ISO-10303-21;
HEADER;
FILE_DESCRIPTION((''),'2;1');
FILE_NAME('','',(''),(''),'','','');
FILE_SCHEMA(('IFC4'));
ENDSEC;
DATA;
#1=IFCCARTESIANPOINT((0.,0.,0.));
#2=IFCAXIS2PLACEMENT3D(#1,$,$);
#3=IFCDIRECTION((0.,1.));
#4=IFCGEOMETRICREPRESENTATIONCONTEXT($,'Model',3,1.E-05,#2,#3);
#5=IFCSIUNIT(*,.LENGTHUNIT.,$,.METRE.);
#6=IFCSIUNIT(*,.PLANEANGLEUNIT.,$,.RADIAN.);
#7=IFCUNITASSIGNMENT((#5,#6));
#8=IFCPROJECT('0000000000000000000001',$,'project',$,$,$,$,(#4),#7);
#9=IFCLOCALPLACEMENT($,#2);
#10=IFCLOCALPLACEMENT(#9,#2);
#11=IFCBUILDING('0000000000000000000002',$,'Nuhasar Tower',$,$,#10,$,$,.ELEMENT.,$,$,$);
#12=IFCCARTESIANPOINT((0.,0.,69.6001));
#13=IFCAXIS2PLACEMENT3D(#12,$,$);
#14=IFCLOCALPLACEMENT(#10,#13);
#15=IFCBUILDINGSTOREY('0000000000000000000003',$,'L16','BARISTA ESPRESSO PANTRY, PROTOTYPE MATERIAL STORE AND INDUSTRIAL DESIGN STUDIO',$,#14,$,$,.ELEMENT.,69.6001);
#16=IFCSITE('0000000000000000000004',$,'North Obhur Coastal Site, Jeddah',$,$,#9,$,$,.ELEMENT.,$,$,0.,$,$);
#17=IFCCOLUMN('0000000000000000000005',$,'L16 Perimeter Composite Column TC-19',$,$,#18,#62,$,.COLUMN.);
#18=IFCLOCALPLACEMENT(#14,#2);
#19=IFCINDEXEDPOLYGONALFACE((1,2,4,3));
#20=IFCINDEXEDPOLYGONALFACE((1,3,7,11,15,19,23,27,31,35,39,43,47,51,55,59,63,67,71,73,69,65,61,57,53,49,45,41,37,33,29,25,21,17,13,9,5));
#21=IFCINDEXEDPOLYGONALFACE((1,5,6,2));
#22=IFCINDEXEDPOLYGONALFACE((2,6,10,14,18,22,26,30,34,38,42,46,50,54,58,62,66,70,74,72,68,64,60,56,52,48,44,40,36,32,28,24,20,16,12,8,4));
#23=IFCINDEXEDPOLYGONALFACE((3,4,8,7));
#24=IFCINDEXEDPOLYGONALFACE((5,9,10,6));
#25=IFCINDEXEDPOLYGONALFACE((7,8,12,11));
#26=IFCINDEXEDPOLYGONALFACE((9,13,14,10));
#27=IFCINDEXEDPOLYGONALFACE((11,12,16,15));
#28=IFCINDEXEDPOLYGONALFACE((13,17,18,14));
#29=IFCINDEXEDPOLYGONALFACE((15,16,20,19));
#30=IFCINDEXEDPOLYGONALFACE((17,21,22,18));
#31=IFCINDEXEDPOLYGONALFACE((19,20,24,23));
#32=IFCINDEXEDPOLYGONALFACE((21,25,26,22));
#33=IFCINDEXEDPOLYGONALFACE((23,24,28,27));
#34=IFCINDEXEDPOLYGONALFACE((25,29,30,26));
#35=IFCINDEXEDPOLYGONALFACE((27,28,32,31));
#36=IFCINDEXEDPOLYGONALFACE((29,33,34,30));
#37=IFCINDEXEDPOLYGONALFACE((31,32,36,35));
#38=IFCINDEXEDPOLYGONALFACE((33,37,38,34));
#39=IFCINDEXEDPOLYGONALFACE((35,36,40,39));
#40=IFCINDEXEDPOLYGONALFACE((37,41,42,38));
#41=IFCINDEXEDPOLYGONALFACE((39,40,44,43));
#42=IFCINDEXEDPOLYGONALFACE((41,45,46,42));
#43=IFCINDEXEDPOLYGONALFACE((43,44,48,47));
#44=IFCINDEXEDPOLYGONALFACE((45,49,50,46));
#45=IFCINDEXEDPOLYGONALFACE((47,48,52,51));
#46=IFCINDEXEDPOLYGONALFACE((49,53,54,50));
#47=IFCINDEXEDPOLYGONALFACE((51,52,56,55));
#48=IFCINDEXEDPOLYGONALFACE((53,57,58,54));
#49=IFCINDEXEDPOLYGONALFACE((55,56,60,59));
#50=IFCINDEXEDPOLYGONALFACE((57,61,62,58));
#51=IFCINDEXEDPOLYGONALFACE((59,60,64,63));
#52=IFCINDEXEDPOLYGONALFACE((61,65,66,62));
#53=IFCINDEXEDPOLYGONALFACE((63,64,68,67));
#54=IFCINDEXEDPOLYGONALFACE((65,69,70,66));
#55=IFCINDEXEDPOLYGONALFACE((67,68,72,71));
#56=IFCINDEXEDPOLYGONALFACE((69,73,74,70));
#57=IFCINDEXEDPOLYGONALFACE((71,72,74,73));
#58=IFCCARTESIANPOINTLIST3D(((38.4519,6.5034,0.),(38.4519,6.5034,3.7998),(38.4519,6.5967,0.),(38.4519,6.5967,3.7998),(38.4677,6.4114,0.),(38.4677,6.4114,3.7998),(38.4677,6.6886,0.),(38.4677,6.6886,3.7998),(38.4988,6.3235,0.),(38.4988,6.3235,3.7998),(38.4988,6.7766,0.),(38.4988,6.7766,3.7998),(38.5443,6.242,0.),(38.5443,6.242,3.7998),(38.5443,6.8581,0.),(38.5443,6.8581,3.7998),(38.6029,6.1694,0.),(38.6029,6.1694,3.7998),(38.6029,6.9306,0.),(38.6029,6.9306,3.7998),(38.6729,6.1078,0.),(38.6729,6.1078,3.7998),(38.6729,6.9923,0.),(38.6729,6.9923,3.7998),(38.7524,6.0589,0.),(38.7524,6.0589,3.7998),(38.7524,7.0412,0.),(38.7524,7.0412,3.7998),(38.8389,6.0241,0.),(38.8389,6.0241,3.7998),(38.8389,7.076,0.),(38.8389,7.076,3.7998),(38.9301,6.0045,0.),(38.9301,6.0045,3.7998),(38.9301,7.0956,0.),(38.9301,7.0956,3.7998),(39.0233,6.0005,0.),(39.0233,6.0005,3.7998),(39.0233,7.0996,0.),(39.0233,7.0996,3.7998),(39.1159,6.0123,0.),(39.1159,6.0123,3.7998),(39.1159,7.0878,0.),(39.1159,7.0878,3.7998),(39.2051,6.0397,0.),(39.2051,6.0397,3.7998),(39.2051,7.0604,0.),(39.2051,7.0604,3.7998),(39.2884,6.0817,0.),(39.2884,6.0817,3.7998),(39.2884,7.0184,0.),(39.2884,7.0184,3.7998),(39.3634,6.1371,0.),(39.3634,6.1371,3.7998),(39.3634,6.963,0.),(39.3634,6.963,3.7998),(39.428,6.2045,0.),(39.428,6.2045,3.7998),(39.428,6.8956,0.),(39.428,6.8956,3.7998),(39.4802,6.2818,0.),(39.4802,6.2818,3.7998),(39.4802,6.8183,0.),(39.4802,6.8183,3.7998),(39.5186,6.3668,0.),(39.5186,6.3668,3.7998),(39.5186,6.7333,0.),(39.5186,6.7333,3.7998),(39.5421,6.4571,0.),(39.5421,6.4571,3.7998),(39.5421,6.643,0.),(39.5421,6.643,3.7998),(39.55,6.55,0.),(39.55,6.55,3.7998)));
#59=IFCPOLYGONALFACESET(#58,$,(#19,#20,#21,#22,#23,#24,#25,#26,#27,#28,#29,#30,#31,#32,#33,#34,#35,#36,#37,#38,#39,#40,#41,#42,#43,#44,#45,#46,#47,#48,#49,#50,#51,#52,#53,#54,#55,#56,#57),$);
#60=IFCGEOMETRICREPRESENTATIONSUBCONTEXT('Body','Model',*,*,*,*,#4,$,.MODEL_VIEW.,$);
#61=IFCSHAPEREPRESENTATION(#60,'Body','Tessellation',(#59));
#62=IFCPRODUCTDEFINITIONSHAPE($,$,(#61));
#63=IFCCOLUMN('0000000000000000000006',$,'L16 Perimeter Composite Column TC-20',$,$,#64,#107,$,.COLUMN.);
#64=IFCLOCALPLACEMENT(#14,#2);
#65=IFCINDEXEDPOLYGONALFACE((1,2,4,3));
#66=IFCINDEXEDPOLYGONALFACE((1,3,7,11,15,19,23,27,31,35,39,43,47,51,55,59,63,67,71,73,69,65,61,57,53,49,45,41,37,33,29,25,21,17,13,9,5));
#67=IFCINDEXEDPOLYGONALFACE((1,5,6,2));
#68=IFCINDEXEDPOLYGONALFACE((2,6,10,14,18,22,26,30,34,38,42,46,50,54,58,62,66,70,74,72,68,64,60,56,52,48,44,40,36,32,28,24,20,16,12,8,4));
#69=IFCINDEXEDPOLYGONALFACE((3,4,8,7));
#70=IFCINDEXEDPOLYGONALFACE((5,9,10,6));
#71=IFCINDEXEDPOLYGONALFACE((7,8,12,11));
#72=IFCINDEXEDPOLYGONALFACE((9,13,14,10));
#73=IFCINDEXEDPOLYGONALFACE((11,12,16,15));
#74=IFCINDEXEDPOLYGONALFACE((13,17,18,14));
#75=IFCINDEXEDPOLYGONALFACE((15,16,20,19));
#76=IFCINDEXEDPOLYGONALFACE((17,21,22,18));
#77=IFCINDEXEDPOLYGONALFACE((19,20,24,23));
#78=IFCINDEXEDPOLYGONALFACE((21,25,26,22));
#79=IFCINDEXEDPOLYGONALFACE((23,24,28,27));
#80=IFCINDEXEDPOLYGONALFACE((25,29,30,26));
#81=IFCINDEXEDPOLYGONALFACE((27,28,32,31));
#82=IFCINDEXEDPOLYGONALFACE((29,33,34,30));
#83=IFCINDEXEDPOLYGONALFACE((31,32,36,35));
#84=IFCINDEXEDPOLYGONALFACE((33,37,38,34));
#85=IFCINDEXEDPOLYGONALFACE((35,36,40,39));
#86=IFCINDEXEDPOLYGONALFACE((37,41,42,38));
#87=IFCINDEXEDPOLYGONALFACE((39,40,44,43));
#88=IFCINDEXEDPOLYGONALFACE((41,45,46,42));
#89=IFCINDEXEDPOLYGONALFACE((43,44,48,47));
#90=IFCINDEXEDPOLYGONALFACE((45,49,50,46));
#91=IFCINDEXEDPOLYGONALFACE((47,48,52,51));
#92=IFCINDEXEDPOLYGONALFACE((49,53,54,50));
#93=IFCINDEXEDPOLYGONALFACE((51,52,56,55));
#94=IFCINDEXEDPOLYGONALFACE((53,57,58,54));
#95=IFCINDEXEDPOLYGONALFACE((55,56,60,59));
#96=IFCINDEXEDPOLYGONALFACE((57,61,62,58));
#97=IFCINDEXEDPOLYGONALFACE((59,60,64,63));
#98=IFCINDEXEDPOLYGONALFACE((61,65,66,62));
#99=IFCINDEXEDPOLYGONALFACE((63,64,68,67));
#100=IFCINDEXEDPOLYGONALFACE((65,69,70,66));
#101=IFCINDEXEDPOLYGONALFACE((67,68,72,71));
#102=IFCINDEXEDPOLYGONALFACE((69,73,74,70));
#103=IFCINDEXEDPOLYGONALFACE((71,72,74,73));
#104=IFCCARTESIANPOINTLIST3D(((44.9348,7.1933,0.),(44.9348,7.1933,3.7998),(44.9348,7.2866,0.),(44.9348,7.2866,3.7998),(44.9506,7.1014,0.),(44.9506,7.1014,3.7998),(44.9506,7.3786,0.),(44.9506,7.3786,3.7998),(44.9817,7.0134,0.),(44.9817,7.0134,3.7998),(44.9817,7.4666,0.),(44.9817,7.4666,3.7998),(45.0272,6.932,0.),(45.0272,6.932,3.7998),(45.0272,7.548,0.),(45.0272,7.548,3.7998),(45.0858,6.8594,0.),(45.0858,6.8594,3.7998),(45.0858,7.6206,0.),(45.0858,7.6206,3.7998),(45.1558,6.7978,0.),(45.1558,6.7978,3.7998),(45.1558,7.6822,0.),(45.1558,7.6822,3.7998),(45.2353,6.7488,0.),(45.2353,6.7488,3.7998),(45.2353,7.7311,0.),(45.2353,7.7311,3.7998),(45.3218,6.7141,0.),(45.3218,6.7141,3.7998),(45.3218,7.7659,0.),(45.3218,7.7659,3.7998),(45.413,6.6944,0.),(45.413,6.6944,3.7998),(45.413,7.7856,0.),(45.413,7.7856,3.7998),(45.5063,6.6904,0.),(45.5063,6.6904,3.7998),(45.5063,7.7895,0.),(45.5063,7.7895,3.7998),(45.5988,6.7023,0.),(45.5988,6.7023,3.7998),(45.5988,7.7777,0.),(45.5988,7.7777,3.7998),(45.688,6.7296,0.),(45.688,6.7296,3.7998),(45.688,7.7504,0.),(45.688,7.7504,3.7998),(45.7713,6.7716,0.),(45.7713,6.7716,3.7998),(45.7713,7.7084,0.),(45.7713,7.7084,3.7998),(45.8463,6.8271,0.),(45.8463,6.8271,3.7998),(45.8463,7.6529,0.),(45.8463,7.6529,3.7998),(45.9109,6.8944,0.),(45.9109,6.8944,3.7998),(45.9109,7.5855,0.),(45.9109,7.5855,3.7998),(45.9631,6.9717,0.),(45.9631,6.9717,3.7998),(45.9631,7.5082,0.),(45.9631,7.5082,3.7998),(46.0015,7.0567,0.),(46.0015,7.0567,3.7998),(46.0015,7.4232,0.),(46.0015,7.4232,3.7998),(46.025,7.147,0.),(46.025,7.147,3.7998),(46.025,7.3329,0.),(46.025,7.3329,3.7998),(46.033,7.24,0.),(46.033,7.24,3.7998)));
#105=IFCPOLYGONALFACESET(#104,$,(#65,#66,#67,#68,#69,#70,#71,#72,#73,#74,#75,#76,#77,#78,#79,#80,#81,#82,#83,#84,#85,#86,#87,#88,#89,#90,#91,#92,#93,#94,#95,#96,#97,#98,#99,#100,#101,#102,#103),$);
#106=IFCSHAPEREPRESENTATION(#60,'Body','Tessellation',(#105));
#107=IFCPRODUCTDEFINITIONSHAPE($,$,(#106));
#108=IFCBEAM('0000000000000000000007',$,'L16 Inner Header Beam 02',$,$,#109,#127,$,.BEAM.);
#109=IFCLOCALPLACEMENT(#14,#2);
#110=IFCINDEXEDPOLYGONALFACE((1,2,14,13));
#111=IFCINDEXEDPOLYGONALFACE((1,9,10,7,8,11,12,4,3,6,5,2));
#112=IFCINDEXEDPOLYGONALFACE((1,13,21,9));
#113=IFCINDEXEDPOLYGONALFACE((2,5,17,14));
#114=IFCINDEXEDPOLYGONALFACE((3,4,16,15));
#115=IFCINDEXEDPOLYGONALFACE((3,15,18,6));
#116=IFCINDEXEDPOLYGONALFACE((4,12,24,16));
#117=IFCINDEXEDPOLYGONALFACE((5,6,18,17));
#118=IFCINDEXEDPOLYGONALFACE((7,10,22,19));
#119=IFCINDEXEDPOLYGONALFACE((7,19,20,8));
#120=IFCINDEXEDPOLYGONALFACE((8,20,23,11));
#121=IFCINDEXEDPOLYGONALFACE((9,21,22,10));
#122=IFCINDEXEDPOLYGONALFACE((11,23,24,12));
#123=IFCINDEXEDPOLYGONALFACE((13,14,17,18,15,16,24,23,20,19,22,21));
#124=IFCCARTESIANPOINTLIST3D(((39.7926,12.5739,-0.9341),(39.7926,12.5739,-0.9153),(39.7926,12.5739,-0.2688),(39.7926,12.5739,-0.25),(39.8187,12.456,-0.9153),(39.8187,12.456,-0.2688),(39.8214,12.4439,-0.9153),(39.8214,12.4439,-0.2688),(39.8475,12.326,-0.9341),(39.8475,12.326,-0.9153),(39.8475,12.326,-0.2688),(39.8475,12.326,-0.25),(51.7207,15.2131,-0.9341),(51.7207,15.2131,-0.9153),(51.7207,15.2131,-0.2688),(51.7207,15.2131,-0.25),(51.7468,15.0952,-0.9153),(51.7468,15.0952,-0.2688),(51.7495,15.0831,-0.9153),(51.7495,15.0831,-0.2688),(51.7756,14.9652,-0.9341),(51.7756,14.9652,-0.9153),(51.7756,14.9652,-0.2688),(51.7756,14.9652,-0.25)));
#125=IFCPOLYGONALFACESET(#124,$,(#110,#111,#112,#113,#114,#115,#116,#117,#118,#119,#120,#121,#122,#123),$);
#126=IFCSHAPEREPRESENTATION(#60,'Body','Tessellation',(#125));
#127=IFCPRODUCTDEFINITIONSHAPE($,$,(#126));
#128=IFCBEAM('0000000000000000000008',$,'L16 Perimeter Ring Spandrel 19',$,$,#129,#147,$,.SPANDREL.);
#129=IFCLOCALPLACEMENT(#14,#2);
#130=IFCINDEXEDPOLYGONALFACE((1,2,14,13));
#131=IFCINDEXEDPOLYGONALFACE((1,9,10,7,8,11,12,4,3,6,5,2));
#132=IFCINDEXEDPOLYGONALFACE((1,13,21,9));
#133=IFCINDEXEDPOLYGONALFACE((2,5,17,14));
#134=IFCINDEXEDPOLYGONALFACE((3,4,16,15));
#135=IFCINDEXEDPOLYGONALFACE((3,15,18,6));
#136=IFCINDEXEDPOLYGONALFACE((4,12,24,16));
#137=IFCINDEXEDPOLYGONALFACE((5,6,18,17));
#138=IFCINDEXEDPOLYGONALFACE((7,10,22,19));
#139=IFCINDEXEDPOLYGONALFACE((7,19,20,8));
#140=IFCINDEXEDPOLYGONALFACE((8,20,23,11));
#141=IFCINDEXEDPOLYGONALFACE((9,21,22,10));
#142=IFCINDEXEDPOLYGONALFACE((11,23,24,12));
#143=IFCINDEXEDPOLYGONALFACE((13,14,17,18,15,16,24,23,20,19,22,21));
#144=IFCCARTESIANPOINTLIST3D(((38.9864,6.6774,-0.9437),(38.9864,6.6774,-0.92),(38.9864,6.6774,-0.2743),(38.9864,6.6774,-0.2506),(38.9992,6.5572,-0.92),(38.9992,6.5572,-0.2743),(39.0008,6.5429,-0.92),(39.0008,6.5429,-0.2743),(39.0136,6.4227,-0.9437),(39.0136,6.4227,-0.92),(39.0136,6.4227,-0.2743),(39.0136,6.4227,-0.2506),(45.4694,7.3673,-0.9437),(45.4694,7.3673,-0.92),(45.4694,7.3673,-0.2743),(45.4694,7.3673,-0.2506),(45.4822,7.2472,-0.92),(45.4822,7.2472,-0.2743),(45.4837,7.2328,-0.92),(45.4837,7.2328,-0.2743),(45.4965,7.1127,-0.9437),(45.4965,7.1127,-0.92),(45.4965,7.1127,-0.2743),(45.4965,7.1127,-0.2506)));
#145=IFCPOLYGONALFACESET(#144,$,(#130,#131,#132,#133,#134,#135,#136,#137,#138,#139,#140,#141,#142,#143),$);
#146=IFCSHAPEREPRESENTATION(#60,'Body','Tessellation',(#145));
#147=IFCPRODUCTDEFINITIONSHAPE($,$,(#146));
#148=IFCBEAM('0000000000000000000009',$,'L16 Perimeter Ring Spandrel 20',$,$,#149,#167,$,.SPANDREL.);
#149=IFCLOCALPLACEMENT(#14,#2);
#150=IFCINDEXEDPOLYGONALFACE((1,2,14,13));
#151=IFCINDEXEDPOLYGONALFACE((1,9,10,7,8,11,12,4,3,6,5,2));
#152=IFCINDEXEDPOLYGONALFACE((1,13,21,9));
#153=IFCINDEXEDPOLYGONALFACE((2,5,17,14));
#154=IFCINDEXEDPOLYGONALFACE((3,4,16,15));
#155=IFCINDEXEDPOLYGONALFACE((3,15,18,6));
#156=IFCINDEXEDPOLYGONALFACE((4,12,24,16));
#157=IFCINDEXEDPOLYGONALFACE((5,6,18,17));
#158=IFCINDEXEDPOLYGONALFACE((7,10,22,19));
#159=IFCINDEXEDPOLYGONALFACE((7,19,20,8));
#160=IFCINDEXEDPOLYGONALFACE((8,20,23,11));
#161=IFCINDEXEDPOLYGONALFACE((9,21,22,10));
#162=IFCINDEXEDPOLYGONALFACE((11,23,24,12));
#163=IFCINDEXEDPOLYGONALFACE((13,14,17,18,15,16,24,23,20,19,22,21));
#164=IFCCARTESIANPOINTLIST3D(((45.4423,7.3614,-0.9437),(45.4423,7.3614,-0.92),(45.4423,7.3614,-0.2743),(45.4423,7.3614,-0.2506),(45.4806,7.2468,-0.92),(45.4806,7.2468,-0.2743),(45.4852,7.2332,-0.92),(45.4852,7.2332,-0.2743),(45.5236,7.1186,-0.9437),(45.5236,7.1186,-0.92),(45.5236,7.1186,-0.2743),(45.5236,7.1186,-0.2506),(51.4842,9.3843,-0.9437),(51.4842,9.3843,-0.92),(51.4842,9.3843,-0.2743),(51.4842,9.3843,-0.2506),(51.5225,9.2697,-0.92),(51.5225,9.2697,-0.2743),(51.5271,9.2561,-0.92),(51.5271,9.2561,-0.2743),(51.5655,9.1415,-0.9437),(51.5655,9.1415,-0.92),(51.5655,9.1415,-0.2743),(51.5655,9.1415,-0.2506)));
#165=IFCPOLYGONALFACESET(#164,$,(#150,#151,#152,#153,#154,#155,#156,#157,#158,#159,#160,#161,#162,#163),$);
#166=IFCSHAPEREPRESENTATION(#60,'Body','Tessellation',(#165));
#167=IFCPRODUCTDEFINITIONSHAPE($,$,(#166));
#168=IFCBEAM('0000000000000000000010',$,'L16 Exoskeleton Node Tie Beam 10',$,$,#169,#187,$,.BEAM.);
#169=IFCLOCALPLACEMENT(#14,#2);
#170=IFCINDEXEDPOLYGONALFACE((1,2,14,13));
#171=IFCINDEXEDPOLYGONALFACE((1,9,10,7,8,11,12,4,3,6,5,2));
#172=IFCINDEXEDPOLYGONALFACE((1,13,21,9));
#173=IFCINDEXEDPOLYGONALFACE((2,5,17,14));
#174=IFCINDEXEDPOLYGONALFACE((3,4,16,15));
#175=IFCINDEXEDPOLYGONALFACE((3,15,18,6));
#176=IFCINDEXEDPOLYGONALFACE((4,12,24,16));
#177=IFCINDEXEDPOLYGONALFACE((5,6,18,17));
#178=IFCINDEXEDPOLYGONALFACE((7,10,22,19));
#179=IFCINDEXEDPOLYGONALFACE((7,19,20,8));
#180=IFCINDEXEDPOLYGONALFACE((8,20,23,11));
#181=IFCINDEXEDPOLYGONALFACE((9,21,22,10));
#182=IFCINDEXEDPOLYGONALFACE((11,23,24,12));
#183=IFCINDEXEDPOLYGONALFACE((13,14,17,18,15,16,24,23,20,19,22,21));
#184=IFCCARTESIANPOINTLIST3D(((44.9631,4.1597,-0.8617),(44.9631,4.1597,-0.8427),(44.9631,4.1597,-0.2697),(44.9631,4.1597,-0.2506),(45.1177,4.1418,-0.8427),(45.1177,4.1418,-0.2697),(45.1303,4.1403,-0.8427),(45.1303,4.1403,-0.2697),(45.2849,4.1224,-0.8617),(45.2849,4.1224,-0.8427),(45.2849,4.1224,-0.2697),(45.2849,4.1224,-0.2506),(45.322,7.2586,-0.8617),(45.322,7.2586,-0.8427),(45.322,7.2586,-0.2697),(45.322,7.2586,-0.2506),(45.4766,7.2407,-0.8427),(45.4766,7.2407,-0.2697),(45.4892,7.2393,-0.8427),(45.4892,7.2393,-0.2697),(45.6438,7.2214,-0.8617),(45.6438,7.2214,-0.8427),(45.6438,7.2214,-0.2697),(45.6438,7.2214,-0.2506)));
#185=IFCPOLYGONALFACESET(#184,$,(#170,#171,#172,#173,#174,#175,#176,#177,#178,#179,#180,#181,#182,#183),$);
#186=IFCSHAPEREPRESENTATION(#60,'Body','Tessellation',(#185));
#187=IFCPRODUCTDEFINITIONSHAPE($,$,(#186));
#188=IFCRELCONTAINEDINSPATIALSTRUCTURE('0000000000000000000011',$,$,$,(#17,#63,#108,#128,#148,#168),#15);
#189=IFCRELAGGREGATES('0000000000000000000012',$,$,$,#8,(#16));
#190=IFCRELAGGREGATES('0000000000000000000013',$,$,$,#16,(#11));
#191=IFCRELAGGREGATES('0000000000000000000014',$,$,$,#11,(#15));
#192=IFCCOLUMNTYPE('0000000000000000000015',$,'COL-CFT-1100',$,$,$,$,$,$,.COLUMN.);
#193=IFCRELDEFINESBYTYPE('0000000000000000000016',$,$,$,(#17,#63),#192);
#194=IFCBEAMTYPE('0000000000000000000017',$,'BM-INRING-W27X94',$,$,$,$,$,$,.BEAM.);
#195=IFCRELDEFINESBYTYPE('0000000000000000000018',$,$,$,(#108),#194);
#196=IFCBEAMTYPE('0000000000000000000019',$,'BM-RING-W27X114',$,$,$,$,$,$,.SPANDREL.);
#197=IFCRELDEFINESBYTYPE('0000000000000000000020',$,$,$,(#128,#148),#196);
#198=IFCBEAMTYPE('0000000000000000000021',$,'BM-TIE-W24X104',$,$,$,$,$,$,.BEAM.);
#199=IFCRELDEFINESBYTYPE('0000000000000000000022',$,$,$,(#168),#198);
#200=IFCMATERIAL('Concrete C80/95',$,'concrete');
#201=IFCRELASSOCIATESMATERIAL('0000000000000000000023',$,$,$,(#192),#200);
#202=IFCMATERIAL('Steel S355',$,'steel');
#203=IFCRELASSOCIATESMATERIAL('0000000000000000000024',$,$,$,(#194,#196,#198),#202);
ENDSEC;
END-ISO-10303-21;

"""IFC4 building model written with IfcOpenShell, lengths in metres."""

from ifc_helpers import new_model, si_unit, direction, frame, origin, origin_2d, place, context, subcontext, project, spatial, circle, i_section, extrude, material, material_profile, profile_set, type_object, element, save


model = new_model("IFC4")

# Units and contexts
model_context = context("Model", 3, precision=1e-05, world=origin(), true_north=direction((0.0, 1.0)))
body_context = subcontext(model_context, "Body", "Model", "MODEL_VIEW")
ifc_project = project(units=[si_unit("LENGTHUNIT", "METRE"), si_unit("PLANEANGLEUNIT", "RADIAN")], contexts=[model_context])

# Site, building, storey
site_placement = place(None, origin())
site = spatial("IfcSite", under=ifc_project, at=site_placement, Name="North Obhur Coastal Site, Jeddah", CompositionType="ELEMENT", RefElevation=0.0)
building_placement = place(site_placement, origin())
building = spatial("IfcBuilding", under=site, at=building_placement, Name="Nuhasar Tower", CompositionType="ELEMENT")
storey_placement = place(building_placement, frame((0.0, 0.0, 69.6001)))
storey = spatial("IfcBuildingStorey", under=building, at=storey_placement, Name="L16", Description="BARISTA ESPRESSO PANTRY, PROTOTYPE MATERIAL STORE AND INDUSTRIAL DESIGN STUDIO", CompositionType="ELEMENT", Elevation=69.6001)

# Columns
ifc_material_1 = material(Name="Concrete C80/95", Category="concrete")
ifc_material_profile_1 = material_profile(ifc_material_1, circle(Radius=0.55, at=origin_2d()), Name="CFT1100")
ifc_profile_set_1 = profile_set([ifc_material_profile_1], Name="Concrete C80/95")
column_type = type_object("IfcColumnType", Name="COL-CFT-1100", PredefinedType="COLUMN", material=ifc_profile_set_1)
for number, where, z_axis, x_axis, name in (
    (1, (39.0, 6.55, 0.0), (0.0, 0.0, 1.0), (1.0, 0.0, 0.0), "L16 Perimeter Composite Column TC-19"),
    (2, (45.4829, 7.24, 0.0), (0.0, 0.0, 1.0), (1.0, 0.0, 0.0), "L16 Perimeter Composite Column TC-20"),
):
    element("IfcColumn", number, at=place(storey_placement, frame(where, z_axis=z_axis, x_axis=x_axis)), inside=storey, type_object=column_type, Name=name, PredefinedType="COLUMN", context=body_context, shape_type="SweptSolid", body=[
        extrude(circle(Radius=0.55, at=origin_2d()), origin(), (0.0, 0.0, 1.0), 3.7998),
    ])

# Beams
ifc_material_2 = material(Name="Steel S355", Category="steel")
ifc_material_profile_2 = material_profile(ifc_material_2, i_section(OverallWidth=0.2539, OverallDepth=0.6841, WebThickness=0.0125, FlangeThickness=0.0188, at=origin_2d()), Name="W27X94")
ifc_profile_set_2 = profile_set([ifc_material_profile_2], Name="Steel S355")
beam_type_1 = type_object("IfcBeamType", Name="BM-INRING-W27X94", PredefinedType="BEAM", material=ifc_profile_set_2)
beam_1_placement = place(storey_placement, frame((39.8201, 12.45, -0.592), z_axis=(0.976386, 0.216033, 0.0), x_axis=(-0.216033, 0.976386, 0.0)))
element("IfcBeam", 3, at=beam_1_placement, inside=storey, type_object=beam_type_1, Name="L16 Inner Header Beam 02", PredefinedType="BEAM", context=body_context, shape_type="SweptSolid", body=[
    extrude(i_section(OverallWidth=0.2539, OverallDepth=0.6841, WebThickness=0.0125, FlangeThickness=0.0188, at=origin_2d()), origin(), (0.0, 0.0, 1.0), 12.2166),
])
ifc_material_profile_3 = material_profile(ifc_material_2, i_section(OverallWidth=0.2561, OverallDepth=0.6931, WebThickness=0.0144, FlangeThickness=0.0237, at=origin_2d()), Name="W27X114")
ifc_profile_set_3 = profile_set([ifc_material_profile_3], Name="Steel S355")
beam_type_2 = type_object("IfcBeamType", Name="BM-RING-W27X114", PredefinedType="SPANDREL", material=ifc_profile_set_3)
beam_2_placement = place(storey_placement, frame((39.0, 6.55, -0.5972), z_axis=(0.994385, 0.105827, 0.0), x_axis=(-0.105827, 0.994385, 0.0)))
element("IfcBeam", 4, at=beam_2_placement, inside=storey, type_object=beam_type_2, Name="L16 Perimeter Ring Spandrel 19", PredefinedType="SPANDREL", context=body_context, shape_type="SweptSolid", body=[
    extrude(i_section(OverallWidth=0.2561, OverallDepth=0.6931, WebThickness=0.0144, FlangeThickness=0.0237, at=origin_2d()), origin(), (0.0, 0.0, 1.0), 6.5195),
])
beam_3_placement = place(storey_placement, frame((45.4829, 7.24, -0.5972), z_axis=(0.948261, 0.317492, 0.0), x_axis=(-0.317492, 0.948261, 0.0)))
element("IfcBeam", 5, at=beam_3_placement, inside=storey, type_object=beam_type_2, Name="L16 Perimeter Ring Spandrel 20", PredefinedType="SPANDREL", context=body_context, shape_type="SweptSolid", body=[
    extrude(i_section(OverallWidth=0.2561, OverallDepth=0.6931, WebThickness=0.0144, FlangeThickness=0.0237, at=origin_2d()), origin(), (0.0, 0.0, 1.0), 6.3716),
])
ifc_material_profile_4 = material_profile(ifc_material_2, i_section(OverallWidth=0.324, OverallDepth=0.6111, WebThickness=0.0127, FlangeThickness=0.019, at=origin_2d()), Name="W24X104")
ifc_profile_set_4 = profile_set([ifc_material_profile_4], Name="Steel S355")
beam_type_3 = type_object("IfcBeamType", Name="BM-TIE-W24X104", PredefinedType="BEAM", material=ifc_profile_set_4)
beam_4_placement = place(storey_placement, frame((45.4829, 7.24, -0.5562), z_axis=(-0.115043, -0.993361, 0.0), x_axis=(0.993361, -0.115043, 0.0)))
element("IfcBeam", 6, at=beam_4_placement, inside=storey, type_object=beam_type_3, Name="L16 Exoskeleton Node Tie Beam 10", PredefinedType="BEAM", context=body_context, shape_type="SweptSolid", body=[
    extrude(i_section(OverallWidth=0.324, OverallDepth=0.6111, WebThickness=0.0127, FlangeThickness=0.019, at=origin_2d()), origin(), (0.0, 0.0, 1.0), 3.1196),
])

save(model, "model.ifc")
